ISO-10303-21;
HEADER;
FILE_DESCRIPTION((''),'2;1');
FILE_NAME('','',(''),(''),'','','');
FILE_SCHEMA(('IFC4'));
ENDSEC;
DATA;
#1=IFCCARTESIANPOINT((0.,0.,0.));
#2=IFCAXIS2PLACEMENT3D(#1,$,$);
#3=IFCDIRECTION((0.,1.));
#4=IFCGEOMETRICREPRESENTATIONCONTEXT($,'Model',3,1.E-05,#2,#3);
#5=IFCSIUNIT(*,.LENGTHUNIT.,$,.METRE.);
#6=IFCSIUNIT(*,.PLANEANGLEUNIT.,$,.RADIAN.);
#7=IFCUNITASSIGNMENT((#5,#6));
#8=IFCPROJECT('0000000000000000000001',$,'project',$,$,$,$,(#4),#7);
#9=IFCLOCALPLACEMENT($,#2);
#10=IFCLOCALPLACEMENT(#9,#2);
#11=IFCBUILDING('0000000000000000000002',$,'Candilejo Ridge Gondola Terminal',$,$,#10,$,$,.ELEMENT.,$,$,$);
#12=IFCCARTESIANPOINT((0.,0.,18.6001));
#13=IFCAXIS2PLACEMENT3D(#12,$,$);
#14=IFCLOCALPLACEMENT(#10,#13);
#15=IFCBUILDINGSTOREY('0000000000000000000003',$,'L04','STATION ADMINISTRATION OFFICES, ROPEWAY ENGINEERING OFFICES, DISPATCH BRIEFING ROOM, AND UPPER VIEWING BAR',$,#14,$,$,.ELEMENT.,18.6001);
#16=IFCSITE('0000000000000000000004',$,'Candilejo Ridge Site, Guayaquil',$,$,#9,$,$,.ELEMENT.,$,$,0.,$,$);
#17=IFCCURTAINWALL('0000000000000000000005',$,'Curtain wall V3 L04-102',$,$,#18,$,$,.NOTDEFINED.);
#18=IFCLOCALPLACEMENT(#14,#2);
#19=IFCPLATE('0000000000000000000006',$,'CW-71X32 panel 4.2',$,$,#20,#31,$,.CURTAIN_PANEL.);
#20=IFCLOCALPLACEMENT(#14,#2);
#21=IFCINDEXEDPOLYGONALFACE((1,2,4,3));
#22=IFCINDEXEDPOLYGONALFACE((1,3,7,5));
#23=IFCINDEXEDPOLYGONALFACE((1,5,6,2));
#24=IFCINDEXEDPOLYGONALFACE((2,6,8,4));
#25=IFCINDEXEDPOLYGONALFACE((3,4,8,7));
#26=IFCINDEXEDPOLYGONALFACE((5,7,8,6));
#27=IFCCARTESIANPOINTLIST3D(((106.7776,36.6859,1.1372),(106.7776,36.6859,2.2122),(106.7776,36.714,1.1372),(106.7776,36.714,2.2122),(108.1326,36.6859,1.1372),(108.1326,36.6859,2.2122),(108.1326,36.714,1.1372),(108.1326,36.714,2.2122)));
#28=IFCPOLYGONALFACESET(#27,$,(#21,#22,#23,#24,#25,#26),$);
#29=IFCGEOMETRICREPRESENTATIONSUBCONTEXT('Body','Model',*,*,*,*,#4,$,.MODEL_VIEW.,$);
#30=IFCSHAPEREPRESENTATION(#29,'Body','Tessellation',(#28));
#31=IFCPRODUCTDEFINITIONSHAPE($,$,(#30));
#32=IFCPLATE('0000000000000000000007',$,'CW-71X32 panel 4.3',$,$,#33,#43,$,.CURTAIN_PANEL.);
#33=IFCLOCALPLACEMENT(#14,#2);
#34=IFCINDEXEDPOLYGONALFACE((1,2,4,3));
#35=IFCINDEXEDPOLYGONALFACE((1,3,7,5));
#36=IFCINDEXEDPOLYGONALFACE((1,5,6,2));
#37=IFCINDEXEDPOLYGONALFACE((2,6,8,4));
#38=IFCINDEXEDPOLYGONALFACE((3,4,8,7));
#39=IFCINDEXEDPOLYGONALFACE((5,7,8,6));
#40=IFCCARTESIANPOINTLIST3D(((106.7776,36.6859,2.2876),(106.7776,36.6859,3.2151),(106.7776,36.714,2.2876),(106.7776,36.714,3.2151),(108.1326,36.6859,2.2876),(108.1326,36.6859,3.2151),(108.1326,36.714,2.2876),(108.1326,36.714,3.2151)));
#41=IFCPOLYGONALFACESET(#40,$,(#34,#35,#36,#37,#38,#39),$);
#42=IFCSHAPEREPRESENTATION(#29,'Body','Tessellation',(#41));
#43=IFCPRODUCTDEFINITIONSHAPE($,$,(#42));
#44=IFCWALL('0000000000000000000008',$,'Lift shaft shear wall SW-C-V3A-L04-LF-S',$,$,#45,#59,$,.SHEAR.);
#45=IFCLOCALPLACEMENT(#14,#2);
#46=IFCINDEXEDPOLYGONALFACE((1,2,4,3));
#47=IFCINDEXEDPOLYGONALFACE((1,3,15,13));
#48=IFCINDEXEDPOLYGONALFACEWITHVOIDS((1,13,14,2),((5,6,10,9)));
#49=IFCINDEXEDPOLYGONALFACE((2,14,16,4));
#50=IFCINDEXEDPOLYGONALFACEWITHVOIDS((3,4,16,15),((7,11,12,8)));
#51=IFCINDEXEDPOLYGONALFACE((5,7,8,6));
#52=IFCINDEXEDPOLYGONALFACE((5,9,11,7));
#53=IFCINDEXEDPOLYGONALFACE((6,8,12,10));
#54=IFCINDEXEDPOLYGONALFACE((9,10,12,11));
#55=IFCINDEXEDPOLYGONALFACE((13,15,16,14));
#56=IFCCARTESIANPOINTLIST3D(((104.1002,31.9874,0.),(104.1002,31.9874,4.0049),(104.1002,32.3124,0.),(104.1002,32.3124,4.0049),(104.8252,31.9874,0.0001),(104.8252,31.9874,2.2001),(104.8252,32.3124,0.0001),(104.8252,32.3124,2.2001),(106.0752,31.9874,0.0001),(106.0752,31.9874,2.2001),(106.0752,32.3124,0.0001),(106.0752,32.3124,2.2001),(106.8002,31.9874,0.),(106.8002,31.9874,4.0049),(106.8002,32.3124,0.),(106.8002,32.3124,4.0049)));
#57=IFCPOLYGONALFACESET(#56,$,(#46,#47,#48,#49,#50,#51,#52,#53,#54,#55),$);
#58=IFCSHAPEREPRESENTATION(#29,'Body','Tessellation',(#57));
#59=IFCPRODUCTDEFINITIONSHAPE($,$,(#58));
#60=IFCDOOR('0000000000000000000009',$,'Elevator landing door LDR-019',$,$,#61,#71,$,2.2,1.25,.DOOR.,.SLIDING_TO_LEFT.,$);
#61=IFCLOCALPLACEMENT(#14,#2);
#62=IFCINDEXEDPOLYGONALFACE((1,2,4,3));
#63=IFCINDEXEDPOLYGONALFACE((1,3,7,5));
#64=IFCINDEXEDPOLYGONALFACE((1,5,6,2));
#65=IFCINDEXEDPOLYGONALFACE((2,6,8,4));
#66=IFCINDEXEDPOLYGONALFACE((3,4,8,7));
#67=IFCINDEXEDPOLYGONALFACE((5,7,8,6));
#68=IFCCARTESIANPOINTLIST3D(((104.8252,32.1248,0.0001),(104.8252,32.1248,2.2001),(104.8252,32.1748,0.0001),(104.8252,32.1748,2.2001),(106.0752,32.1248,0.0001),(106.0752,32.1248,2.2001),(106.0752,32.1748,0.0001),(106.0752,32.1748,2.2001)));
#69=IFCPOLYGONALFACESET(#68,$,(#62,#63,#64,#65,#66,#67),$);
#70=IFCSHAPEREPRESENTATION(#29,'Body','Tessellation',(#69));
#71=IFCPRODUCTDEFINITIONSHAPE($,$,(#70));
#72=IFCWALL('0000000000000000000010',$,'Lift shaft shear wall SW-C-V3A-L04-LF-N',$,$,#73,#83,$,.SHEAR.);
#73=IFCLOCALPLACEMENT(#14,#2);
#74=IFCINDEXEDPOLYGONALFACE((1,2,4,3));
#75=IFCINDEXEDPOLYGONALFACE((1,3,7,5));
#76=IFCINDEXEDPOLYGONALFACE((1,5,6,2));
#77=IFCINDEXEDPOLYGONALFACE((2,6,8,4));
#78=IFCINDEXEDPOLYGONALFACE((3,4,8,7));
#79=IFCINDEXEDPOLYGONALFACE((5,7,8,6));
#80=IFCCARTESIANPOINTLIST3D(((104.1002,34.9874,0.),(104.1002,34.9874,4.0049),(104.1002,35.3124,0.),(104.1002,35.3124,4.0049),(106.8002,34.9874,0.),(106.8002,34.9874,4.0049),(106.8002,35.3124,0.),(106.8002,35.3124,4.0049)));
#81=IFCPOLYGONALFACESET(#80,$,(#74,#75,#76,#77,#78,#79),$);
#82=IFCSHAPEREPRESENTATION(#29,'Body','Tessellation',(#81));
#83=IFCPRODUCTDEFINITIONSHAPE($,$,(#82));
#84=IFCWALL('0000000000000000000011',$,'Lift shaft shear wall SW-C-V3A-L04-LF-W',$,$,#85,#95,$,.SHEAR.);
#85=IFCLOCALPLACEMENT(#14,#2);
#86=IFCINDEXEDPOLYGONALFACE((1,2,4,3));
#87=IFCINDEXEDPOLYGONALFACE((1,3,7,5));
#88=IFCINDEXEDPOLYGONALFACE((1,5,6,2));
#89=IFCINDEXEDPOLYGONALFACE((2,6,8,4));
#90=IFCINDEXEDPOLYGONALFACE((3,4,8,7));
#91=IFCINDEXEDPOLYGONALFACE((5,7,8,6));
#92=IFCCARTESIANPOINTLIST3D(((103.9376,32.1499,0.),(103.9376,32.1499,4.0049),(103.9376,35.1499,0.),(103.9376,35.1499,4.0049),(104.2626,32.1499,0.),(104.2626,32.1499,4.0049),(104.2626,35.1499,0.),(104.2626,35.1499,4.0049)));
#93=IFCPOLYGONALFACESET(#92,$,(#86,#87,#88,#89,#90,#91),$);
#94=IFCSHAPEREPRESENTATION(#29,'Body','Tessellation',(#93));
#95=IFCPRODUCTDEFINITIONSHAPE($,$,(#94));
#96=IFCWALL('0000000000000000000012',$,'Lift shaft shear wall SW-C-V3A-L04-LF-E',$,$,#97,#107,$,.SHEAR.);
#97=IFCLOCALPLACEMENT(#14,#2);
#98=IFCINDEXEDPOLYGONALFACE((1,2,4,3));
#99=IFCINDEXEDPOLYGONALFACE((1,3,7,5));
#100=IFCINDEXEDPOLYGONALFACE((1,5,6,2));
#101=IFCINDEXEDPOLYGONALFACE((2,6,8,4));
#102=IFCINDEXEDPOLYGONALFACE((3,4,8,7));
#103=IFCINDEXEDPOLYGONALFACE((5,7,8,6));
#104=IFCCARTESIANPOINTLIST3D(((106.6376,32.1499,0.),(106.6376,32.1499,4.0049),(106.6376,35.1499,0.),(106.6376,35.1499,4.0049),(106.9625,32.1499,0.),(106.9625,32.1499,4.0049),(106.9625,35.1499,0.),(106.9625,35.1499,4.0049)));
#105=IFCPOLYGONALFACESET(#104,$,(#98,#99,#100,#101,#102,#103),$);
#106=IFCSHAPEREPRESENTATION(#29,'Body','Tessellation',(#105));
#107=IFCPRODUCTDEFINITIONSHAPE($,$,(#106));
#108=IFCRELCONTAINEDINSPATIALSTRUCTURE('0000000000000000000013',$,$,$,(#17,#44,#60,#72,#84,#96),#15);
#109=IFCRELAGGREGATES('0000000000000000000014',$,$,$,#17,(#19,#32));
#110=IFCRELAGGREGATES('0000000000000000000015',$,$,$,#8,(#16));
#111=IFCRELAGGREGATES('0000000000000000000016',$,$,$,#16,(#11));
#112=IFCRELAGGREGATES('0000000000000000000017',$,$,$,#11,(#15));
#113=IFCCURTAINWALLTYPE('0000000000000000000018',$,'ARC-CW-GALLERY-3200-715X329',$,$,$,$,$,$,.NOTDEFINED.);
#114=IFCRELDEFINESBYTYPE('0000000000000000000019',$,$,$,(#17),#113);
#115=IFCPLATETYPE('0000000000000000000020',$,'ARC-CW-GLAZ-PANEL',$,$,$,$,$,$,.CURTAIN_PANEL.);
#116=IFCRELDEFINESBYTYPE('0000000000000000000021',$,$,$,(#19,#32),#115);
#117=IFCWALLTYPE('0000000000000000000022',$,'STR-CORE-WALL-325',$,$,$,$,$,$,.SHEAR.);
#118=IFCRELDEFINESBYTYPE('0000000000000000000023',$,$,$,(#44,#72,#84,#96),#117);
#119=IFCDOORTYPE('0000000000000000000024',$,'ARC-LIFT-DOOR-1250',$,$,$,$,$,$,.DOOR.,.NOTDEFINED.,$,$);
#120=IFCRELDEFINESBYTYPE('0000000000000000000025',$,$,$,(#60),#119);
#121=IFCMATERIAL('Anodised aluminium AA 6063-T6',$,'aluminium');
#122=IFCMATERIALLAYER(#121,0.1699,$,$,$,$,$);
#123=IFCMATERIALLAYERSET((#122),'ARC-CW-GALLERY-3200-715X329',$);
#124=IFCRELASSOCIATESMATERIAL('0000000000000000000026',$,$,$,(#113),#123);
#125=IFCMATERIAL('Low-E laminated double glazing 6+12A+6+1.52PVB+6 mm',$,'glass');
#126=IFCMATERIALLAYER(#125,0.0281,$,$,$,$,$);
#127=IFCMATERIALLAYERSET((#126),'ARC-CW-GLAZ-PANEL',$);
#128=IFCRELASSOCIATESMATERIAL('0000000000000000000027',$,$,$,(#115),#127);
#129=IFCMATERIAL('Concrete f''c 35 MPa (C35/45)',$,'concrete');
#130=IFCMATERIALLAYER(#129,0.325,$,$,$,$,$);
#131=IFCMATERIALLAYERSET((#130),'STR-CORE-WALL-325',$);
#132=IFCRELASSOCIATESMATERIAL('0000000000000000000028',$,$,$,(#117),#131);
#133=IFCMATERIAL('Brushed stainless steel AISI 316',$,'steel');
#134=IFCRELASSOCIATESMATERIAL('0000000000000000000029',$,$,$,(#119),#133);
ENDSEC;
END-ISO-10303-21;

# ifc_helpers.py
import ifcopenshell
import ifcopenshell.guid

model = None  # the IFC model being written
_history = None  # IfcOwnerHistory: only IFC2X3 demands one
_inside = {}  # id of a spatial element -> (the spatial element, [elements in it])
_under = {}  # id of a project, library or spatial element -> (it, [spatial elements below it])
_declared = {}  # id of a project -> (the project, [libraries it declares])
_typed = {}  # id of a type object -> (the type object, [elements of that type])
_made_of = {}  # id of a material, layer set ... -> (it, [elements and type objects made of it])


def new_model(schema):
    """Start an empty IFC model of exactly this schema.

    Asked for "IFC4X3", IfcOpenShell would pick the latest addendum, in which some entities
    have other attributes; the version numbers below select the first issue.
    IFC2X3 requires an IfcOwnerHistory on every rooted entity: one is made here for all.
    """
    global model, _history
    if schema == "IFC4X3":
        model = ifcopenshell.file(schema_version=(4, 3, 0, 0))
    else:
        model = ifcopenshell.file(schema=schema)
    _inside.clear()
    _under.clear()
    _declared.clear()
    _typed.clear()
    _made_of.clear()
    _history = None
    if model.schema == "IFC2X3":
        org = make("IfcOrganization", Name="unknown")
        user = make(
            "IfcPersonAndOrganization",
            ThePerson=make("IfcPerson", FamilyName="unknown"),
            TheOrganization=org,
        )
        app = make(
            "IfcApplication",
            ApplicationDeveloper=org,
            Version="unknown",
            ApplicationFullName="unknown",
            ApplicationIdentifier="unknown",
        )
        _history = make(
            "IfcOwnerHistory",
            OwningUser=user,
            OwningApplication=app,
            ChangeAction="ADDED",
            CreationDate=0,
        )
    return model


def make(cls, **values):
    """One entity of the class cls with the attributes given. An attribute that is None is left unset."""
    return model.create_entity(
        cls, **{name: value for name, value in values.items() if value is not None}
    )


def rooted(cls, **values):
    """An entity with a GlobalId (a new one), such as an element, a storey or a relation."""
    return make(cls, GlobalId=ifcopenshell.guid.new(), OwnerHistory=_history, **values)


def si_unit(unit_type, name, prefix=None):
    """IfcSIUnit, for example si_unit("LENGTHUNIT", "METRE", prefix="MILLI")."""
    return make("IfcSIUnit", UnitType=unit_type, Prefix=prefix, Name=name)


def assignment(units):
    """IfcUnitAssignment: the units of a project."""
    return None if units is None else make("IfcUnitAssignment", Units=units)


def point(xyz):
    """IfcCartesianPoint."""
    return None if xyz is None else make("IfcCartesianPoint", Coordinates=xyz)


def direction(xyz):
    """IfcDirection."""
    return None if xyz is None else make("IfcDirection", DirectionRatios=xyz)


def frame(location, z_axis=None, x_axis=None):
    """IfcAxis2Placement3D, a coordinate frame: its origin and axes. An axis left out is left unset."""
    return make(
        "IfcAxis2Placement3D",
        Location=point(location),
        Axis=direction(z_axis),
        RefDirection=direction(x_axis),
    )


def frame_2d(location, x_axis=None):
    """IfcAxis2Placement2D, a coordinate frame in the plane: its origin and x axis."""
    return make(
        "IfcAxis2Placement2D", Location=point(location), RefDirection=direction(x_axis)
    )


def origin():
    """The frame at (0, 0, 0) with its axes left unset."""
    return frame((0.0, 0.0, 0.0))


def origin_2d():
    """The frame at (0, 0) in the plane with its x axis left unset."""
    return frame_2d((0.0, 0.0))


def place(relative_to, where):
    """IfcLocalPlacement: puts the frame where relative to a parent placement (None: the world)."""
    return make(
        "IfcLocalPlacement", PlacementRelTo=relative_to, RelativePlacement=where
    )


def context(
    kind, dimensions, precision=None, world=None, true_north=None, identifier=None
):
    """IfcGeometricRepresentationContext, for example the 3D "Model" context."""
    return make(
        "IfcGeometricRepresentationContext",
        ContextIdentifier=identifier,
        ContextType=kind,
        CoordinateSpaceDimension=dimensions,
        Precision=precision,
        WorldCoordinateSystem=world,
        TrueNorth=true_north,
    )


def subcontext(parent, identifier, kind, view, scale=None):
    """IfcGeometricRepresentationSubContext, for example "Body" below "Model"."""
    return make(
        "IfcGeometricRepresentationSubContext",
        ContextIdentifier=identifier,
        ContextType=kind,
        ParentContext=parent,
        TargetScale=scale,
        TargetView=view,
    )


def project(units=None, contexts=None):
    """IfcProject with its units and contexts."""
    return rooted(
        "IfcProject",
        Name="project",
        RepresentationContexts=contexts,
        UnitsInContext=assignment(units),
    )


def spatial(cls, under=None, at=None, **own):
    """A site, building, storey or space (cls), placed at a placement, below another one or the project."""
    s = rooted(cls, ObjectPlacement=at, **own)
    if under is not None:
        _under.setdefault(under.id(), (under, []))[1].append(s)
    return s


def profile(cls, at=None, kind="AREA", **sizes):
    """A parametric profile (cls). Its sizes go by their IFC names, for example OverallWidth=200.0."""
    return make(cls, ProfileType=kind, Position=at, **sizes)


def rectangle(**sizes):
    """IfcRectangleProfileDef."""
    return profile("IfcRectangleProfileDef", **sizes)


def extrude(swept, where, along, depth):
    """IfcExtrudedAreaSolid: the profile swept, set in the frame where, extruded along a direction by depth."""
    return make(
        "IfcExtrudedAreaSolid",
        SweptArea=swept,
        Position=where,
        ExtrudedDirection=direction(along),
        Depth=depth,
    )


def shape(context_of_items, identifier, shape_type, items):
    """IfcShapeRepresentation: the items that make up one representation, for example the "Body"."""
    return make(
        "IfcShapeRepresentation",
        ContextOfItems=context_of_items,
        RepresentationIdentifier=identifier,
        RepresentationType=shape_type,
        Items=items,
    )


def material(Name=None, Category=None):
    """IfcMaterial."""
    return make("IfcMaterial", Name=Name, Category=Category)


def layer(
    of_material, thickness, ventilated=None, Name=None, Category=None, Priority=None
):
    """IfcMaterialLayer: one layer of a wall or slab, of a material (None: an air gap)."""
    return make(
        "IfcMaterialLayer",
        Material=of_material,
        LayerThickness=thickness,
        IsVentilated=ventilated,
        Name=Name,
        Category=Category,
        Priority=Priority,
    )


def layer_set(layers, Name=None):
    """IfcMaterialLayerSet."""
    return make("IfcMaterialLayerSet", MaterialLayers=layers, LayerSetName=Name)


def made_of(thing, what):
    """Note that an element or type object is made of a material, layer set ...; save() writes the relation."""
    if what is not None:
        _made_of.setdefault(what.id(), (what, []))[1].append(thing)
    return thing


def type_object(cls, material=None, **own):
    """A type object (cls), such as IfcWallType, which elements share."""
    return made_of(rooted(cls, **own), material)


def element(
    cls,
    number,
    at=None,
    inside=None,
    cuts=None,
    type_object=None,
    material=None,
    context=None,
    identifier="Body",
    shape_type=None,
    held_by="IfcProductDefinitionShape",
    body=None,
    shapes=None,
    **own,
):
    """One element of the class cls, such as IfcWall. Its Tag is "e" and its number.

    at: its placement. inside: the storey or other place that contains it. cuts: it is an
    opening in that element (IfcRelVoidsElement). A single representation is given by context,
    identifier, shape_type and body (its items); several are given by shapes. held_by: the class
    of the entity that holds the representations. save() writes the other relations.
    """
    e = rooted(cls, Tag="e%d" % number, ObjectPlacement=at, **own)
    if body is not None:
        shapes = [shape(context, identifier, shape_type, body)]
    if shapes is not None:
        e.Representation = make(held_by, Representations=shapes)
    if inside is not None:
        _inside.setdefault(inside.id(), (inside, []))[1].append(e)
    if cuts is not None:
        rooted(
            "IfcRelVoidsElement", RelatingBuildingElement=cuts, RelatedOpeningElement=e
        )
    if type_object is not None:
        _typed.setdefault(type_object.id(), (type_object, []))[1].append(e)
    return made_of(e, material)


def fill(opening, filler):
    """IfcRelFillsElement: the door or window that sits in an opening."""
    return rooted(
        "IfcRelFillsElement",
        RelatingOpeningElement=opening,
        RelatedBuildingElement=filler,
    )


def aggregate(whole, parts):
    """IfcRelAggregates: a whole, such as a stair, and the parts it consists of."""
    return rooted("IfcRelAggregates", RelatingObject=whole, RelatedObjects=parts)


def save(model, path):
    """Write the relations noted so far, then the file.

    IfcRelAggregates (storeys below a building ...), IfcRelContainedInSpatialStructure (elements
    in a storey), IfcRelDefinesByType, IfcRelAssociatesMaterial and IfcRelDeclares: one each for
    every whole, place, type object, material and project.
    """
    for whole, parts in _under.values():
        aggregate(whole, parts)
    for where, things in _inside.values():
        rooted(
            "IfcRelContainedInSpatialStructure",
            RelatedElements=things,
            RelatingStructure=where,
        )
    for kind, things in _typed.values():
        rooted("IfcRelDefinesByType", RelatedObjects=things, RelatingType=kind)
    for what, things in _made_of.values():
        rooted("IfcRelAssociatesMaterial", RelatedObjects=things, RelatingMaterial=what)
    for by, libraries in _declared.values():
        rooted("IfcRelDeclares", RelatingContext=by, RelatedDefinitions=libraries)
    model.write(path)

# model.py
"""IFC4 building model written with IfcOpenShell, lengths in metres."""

from ifc_helpers import new_model, si_unit, direction, frame, frame_2d, origin, origin_2d, place, context, subcontext, project, spatial, rectangle, extrude, material, layer, layer_set, type_object, element, fill, aggregate, save


model = new_model("IFC4")

# Units and contexts
model_context = context("Model", 3, precision=1e-05, world=origin(), true_north=direction((0.0, 1.0)))
body_context = subcontext(model_context, "Body", "Model", "MODEL_VIEW")
ifc_project = project(units=[si_unit("LENGTHUNIT", "METRE"), si_unit("PLANEANGLEUNIT", "RADIAN")], contexts=[model_context])

# Site, building, storey
site_placement = place(None, origin())
site = spatial("IfcSite", under=ifc_project, at=site_placement, Name="Candilejo Ridge Site, Guayaquil", CompositionType="ELEMENT", RefElevation=0.0)
building_placement = place(site_placement, origin())
building = spatial("IfcBuilding", under=site, at=building_placement, Name="Candilejo Ridge Gondola Terminal", CompositionType="ELEMENT")
storey_placement = place(building_placement, frame((0.0, 0.0, 18.6001)))
storey = spatial("IfcBuildingStorey", under=building, at=storey_placement, Name="L04", Description="STATION ADMINISTRATION OFFICES, ROPEWAY ENGINEERING OFFICES, DISPATCH BRIEFING ROOM, AND UPPER VIEWING BAR", CompositionType="ELEMENT", Elevation=18.6001)

# Curtain wall, plates
ifc_material_1 = material(Name="Anodised aluminium AA 6063-T6", Category="aluminium")
ifc_layer_1 = layer(ifc_material_1, 0.1699)
ifc_layer_set_1 = layer_set([ifc_layer_1], Name="ARC-CW-GALLERY-3200-715X329")
curtain_wall_type = type_object("IfcCurtainWallType", Name="ARC-CW-GALLERY-3200-715X329", PredefinedType="NOTDEFINED", material=ifc_layer_set_1)
curtain_wall_placement = place(storey_placement, origin())
curtain_wall = element("IfcCurtainWall", 1, at=curtain_wall_placement, inside=storey, type_object=curtain_wall_type, Name="Curtain wall V3 L04-102", PredefinedType="NOTDEFINED")
ifc_material_2 = material(Name="Low-E laminated double glazing 6+12A+6+1.52PVB+6 mm", Category="glass")
ifc_layer_2 = layer(ifc_material_2, 0.0281)
ifc_layer_set_2 = layer_set([ifc_layer_2], Name="ARC-CW-GLAZ-PANEL")
plate_type = type_object("IfcPlateType", Name="ARC-CW-GLAZ-PANEL", PredefinedType="CURTAIN_PANEL", material=ifc_layer_set_2)
plate_1_placement = place(storey_placement, frame((107.4551, 36.7, 1.1372), z_axis=(0.0, 0.0, 1.0), x_axis=(1.0, 0.0, 0.0)))
plate_1 = element("IfcPlate", 2, at=plate_1_placement, type_object=plate_type, Name="CW-71X32 panel 4.2", PredefinedType="CURTAIN_PANEL", context=body_context, shape_type="SweptSolid", body=[
    extrude(rectangle(XDim=1.355, YDim=0.0281, at=origin_2d()), origin(), (0.0, 0.0, 1.0), 1.075),
])
plate_2_placement = place(storey_placement, frame((107.4551, 36.7, 2.2876), z_axis=(0.0, 0.0, 1.0), x_axis=(1.0, 0.0, 0.0)))
plate_2 = element("IfcPlate", 3, at=plate_2_placement, type_object=plate_type, Name="CW-71X32 panel 4.3", PredefinedType="CURTAIN_PANEL", context=body_context, shape_type="SweptSolid", body=[
    extrude(rectangle(XDim=1.355, YDim=0.0281, at=origin_2d()), origin(), (0.0, 0.0, 1.0), 0.9275),
])
aggregate(curtain_wall, [plate_1, plate_2])

# Wall, opening, door
ifc_material_3 = material(Name="Concrete f'c 35 MPa (C35/45)", Category="concrete")
ifc_layer_3 = layer(ifc_material_3, 0.325)
ifc_layer_set_3 = layer_set([ifc_layer_3], Name="STR-CORE-WALL-325")
wall_type = type_object("IfcWallType", Name="STR-CORE-WALL-325", PredefinedType="SHEAR", material=ifc_layer_set_3)
wall_1_placement = place(storey_placement, frame((104.1001, 32.1499, 0.0), z_axis=(0.0, 0.0, 1.0), x_axis=(1.0, 0.0, 0.0)))
wall_1 = element("IfcWall", 4, at=wall_1_placement, inside=storey, type_object=wall_type, Name="Lift shaft shear wall SW-C-V3A-L04-LF-S", PredefinedType="SHEAR", context=body_context, shape_type="SweptSolid", body=[
    extrude(rectangle(XDim=2.7, YDim=0.325, at=frame_2d((1.3501, 0.0))), origin(), (0.0, 0.0, 1.0), 4.0049),
])
opening_placement = place(wall_1_placement, frame((0.7251, 0.0, 0.0)))
opening = element("IfcOpeningElement", 5, at=opening_placement, cuts=wall_1, PredefinedType="OPENING", context=body_context, shape_type="SweptSolid", body=[
    extrude(rectangle(XDim=1.25, YDim=2.2, at=frame_2d((0.625, 1.1001))), frame((0.0, 0.1724, 0.0), z_axis=(0.0, -1.0, 0.0), x_axis=(1.0, 0.0, 0.0)), (0.0, 0.0, 1.0), 0.345),
])
ifc_material_4 = material(Name="Brushed stainless steel AISI 316", Category="steel")
door_type = type_object("IfcDoorType", Name="ARC-LIFT-DOOR-1250", OperationType="NOTDEFINED", PredefinedType="DOOR", material=ifc_material_4)
door_placement = place(opening_placement, origin())
door = element("IfcDoor", 6, at=door_placement, inside=storey, type_object=door_type, Name="Elevator landing door LDR-019", OperationType="SLIDING_TO_LEFT", OverallHeight=2.2, OverallWidth=1.25, PredefinedType="DOOR", context=body_context, shape_type="SweptSolid", body=[
    extrude(rectangle(XDim=1.25, YDim=2.2, at=frame_2d((0.625, 1.1001))), frame((0.0, 0.0249, 0.0), z_axis=(0.0, -1.0, 0.0), x_axis=(1.0, 0.0, 0.0)), (0.0, 0.0, 1.0), 0.05),
])
fill(opening, door)

# Walls
wall_2_placement = place(storey_placement, frame((104.1001, 35.1499, 0.0), z_axis=(0.0, 0.0, 1.0), x_axis=(1.0, 0.0, 0.0)))
element("IfcWall", 7, at=wall_2_placement, inside=storey, type_object=wall_type, Name="Lift shaft shear wall SW-C-V3A-L04-LF-N", PredefinedType="SHEAR", context=body_context, shape_type="SweptSolid", body=[
    extrude(rectangle(XDim=2.7, YDim=0.325, at=frame_2d((1.3501, 0.0))), origin(), (0.0, 0.0, 1.0), 4.0049),
])
for number, where, z_axis, x_axis, name in (
    (8, (104.1001, 32.1499, 0.0), (0.0, 0.0, 1.0), (0.0, 1.0, 0.0), "Lift shaft shear wall SW-C-V3A-L04-LF-W"),
    (9, (106.8, 32.1499, 0.0), (0.0, 0.0, 1.0), (0.0, 1.0, 0.0), "Lift shaft shear wall SW-C-V3A-L04-LF-E"),
):
    element("IfcWall", number, at=place(storey_placement, frame(where, z_axis=z_axis, x_axis=x_axis)), inside=storey, type_object=wall_type, Name=name, PredefinedType="SHEAR", context=body_context, shape_type="SweptSolid", body=[
        extrude(rectangle(XDim=3.0, YDim=0.325, at=frame_2d((1.5, 0.0))), origin(), (0.0, 0.0, 1.0), 4.0049),
    ])

save(model, "model.ifc")
